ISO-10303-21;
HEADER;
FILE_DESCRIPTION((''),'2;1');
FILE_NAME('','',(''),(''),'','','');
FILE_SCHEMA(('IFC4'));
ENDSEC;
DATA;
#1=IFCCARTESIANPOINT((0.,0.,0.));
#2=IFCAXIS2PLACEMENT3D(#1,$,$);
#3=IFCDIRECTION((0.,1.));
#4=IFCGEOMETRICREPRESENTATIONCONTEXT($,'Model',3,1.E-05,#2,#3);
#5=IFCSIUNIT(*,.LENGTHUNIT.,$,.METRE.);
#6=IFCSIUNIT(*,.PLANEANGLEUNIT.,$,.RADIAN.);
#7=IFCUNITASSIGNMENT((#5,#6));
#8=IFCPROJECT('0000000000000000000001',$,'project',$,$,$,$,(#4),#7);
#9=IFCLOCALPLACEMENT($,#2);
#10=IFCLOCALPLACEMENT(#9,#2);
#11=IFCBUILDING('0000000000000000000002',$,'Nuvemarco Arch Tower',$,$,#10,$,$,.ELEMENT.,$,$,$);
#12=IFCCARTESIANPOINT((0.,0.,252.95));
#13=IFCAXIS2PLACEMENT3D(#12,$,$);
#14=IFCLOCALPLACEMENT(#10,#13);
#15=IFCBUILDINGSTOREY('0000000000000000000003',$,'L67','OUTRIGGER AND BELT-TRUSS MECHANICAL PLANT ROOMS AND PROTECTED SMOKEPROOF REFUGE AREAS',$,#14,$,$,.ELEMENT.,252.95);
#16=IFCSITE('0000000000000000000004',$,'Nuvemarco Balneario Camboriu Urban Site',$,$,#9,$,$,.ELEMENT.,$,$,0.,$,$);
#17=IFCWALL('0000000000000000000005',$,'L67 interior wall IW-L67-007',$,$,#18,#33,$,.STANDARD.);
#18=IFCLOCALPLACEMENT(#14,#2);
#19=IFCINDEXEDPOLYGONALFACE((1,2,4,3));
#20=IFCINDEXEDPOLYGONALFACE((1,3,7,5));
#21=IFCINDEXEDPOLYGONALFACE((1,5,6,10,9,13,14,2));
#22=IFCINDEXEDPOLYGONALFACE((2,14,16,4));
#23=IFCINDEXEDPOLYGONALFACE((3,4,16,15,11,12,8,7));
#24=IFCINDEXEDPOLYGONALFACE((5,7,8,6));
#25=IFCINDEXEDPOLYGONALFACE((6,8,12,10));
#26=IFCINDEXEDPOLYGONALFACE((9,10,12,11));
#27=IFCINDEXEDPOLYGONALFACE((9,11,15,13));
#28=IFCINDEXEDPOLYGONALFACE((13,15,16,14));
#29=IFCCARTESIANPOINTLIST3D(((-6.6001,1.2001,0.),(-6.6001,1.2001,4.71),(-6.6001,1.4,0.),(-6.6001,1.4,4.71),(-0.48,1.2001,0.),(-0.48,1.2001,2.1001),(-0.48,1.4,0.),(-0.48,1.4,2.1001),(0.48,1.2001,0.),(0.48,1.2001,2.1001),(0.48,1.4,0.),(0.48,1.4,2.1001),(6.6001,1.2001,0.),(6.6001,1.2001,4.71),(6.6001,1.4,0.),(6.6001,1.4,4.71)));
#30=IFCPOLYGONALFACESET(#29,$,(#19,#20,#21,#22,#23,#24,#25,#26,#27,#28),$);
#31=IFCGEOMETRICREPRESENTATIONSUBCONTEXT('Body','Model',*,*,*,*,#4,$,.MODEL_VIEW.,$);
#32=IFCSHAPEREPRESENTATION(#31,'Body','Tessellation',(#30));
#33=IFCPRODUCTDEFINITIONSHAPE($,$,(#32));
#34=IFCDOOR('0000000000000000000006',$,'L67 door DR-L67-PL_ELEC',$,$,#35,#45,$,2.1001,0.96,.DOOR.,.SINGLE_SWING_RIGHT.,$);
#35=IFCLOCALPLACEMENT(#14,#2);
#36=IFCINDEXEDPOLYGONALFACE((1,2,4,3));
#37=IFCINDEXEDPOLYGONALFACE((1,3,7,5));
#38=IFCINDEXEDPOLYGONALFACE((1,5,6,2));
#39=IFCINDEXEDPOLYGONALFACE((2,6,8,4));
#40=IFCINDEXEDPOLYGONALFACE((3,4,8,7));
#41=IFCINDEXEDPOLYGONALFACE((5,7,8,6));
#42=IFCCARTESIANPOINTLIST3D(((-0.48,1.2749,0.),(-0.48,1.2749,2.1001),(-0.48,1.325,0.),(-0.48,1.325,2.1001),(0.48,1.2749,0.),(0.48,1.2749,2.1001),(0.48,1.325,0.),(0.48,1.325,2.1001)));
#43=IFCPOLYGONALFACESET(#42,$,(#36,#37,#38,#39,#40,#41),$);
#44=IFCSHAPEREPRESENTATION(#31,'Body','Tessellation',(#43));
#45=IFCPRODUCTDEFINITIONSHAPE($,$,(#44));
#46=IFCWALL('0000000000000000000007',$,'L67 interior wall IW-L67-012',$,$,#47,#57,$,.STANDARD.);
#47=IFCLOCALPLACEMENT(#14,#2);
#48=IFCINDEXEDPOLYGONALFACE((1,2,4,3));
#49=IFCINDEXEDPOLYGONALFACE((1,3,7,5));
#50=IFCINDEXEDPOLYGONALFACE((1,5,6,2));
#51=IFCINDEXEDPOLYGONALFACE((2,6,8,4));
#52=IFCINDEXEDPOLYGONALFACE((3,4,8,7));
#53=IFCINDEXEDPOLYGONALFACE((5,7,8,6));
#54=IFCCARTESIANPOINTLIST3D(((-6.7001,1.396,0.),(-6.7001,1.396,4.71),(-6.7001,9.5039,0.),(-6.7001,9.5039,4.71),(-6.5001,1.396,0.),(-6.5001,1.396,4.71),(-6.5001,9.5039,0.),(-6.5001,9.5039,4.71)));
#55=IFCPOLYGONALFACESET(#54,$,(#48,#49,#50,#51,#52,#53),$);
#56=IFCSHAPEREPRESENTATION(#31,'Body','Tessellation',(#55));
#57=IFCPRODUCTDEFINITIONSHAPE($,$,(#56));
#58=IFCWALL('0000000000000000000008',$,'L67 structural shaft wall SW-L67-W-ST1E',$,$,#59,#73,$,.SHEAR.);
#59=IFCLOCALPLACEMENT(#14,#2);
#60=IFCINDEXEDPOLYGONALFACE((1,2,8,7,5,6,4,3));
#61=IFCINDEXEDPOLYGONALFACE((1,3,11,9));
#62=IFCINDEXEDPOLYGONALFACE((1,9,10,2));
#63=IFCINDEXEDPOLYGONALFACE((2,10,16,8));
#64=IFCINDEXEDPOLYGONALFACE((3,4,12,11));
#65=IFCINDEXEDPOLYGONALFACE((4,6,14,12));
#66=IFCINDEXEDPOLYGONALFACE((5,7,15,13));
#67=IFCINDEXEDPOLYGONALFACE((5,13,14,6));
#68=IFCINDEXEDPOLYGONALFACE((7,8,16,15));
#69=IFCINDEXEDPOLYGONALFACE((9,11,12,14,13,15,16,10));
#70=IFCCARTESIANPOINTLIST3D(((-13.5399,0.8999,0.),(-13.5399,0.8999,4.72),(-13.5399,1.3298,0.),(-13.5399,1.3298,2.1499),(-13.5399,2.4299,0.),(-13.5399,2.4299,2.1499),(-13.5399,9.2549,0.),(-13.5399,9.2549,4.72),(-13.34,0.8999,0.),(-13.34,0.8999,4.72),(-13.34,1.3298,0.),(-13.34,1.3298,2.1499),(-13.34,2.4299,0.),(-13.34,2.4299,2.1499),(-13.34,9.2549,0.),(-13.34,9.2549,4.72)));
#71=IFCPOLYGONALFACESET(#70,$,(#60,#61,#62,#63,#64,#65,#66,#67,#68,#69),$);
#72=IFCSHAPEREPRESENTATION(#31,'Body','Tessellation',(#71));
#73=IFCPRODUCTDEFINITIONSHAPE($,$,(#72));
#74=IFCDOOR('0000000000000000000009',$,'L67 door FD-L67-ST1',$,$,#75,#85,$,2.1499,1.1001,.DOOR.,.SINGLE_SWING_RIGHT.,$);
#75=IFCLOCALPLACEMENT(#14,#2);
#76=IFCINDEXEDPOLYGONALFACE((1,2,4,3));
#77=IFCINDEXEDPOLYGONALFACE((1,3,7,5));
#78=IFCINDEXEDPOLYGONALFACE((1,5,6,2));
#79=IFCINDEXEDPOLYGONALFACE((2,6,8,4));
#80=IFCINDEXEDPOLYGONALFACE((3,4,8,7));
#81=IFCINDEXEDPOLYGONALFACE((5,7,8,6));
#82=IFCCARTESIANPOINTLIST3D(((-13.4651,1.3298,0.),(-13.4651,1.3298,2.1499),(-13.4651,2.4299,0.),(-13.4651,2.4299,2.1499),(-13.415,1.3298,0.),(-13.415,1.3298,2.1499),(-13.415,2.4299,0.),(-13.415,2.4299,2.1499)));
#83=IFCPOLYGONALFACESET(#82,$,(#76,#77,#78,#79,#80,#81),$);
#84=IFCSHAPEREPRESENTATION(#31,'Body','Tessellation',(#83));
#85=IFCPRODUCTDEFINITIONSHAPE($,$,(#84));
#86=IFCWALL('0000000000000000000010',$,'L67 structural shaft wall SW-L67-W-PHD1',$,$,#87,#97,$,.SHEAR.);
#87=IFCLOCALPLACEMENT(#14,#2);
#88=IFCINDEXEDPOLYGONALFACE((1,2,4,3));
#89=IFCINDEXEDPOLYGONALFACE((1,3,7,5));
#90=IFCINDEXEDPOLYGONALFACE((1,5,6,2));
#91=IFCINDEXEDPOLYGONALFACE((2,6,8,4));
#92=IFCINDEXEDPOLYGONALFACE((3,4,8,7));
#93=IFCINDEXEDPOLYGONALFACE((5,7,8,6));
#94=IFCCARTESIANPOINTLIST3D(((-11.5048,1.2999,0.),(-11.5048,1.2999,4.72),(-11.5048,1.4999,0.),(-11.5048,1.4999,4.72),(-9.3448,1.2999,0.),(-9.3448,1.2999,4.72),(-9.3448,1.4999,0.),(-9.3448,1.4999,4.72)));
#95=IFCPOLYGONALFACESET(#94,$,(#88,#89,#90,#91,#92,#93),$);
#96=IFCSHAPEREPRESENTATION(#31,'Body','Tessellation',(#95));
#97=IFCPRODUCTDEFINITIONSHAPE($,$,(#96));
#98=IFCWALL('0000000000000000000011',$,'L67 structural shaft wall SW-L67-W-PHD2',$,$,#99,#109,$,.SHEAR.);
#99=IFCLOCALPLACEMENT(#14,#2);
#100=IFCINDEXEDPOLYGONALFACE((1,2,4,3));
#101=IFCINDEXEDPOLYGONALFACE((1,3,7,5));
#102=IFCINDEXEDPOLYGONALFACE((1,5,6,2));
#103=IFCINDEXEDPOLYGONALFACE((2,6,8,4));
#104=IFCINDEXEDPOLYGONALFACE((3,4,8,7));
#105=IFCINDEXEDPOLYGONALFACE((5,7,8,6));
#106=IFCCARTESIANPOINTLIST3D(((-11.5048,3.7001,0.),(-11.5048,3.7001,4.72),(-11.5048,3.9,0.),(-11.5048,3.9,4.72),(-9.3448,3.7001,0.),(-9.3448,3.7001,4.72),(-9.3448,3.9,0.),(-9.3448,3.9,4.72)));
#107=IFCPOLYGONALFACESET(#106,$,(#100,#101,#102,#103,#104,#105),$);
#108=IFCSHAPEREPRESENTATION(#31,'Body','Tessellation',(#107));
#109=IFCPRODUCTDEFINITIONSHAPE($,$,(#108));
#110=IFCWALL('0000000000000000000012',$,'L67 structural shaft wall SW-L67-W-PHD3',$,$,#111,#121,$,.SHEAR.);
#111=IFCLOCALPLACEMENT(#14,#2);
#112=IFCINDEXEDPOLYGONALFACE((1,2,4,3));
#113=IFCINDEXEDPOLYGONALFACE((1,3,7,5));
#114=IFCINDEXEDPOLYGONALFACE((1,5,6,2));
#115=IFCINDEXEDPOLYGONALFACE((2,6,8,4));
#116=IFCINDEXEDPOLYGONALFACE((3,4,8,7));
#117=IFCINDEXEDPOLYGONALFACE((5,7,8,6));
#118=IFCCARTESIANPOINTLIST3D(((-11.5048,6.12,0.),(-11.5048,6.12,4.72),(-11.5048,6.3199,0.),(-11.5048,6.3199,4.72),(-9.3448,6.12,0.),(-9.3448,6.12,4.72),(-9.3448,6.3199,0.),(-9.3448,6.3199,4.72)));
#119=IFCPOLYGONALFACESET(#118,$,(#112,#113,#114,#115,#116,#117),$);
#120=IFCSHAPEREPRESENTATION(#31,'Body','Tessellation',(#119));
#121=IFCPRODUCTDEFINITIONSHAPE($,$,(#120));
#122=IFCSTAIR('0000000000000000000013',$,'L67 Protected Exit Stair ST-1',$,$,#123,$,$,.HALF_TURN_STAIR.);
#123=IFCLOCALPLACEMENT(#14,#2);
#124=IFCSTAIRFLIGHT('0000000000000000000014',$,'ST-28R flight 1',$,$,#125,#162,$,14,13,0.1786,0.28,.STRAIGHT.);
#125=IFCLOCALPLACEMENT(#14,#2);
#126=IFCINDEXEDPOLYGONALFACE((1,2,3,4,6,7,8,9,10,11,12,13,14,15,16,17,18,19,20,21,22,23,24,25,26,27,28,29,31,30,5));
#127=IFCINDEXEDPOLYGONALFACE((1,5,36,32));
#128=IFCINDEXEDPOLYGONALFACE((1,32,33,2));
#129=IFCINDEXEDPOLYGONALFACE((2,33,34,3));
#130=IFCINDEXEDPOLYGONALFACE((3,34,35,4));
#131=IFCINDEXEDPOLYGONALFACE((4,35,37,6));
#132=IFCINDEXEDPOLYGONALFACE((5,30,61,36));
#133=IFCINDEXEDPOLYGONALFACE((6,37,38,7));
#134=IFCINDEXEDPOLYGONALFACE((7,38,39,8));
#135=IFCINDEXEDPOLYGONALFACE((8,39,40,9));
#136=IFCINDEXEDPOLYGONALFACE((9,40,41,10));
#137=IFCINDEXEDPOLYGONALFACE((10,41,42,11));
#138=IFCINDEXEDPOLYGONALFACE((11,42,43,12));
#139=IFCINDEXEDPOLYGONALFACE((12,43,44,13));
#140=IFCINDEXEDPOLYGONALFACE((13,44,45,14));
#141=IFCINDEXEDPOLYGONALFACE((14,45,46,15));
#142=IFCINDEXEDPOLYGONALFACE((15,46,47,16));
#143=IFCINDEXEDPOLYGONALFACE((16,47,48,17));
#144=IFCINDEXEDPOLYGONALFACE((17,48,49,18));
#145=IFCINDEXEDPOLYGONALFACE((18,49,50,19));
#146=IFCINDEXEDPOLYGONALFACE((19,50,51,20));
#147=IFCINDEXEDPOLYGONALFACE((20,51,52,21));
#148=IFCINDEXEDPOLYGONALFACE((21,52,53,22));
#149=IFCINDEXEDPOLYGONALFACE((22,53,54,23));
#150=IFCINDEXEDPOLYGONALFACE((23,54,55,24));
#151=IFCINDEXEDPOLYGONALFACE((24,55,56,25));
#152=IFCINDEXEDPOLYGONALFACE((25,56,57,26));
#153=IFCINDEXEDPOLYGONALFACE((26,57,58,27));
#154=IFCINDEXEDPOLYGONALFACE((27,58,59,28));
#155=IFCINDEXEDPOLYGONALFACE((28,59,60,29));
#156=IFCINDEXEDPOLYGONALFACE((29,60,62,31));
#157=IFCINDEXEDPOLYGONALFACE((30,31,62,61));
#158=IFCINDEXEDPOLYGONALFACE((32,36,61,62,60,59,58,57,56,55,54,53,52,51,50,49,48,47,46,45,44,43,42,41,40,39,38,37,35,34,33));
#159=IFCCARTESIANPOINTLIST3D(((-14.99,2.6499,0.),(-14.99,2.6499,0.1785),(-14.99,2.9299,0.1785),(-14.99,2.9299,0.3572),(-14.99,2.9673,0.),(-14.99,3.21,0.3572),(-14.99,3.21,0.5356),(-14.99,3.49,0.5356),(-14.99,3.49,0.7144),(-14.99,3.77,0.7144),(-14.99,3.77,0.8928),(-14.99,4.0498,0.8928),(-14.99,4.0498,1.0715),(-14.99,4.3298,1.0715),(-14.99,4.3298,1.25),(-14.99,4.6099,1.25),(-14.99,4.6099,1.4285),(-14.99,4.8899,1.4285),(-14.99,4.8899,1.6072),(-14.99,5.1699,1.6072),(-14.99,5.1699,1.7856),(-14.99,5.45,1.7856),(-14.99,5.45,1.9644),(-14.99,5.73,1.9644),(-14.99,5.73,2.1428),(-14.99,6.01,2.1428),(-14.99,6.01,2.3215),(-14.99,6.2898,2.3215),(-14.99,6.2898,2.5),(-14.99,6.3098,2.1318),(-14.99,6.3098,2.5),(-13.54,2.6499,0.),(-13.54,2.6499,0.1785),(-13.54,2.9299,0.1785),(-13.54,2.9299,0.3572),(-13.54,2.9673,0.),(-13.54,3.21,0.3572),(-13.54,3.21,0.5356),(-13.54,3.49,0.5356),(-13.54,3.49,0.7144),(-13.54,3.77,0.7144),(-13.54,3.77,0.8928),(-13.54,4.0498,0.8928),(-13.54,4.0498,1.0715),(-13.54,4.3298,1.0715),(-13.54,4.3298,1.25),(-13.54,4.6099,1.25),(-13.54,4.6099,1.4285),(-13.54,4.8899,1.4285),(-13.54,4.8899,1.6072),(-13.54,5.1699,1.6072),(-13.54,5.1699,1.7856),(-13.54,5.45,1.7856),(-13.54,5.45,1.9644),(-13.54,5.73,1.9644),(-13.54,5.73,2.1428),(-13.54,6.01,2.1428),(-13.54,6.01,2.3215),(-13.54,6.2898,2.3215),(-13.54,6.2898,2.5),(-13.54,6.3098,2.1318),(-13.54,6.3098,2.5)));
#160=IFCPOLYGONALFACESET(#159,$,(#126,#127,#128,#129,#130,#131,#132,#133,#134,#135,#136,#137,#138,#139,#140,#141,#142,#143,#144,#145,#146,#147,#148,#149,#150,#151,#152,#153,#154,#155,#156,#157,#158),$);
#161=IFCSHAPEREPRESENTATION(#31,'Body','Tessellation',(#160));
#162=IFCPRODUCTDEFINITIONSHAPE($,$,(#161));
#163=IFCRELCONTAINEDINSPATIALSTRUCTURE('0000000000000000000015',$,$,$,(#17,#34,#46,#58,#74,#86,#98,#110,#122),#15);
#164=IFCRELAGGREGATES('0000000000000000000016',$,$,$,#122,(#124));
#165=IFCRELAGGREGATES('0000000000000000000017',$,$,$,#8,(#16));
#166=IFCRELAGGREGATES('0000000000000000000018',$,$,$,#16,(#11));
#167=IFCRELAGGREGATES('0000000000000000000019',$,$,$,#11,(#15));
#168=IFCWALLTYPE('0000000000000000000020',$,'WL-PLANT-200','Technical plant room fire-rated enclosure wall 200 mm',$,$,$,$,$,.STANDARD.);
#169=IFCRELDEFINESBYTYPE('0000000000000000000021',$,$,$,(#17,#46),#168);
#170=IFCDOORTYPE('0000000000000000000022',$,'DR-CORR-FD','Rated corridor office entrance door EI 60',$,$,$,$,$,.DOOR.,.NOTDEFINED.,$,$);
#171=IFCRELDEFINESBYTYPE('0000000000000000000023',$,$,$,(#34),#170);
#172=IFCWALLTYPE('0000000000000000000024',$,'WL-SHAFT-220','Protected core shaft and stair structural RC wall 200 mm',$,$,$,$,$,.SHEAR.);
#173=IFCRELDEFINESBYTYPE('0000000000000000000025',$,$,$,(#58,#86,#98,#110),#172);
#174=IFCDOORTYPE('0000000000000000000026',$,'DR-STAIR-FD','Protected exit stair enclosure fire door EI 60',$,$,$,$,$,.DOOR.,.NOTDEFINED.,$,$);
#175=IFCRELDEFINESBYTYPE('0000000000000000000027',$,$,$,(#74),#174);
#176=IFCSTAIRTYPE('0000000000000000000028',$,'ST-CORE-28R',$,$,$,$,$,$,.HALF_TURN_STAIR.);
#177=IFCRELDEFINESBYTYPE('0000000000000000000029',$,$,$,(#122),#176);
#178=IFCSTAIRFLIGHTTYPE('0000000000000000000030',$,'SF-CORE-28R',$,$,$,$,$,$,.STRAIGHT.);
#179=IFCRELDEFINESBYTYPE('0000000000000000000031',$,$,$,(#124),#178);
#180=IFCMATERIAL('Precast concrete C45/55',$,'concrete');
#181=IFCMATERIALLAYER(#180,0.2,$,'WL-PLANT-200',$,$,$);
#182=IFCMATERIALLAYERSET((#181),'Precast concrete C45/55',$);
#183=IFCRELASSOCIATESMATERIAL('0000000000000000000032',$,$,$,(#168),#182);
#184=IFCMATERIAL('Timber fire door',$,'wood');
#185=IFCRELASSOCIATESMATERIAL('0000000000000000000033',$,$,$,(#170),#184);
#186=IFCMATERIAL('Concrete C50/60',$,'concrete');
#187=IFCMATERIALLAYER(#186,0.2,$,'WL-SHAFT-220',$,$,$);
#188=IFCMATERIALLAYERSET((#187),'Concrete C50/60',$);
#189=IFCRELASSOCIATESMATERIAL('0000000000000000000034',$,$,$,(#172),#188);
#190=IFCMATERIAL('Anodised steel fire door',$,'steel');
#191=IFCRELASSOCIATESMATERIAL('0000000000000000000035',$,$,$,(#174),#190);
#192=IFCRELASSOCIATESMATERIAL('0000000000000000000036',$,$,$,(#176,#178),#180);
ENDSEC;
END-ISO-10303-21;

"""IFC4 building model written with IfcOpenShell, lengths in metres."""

from ifc_helpers import new_model, si_unit, direction, frame, frame_2d, origin, place, context, subcontext, project, spatial, polyline, rectangle, outline, extrude, source, transform, mapped, material, layer, layer_set, type_object, type_shapes, element, fill, aggregate, save


model = new_model("IFC4")

# Units and contexts
model_context = context("Model", 3, precision=1e-05, world=origin(), true_north=direction((0.0, 1.0)))
body_context = subcontext(model_context, "Body", "Model", "MODEL_VIEW")
ifc_project = project(units=[si_unit("LENGTHUNIT", "METRE"), si_unit("PLANEANGLEUNIT", "RADIAN")], contexts=[model_context])

# Site, building, storey
site_placement = place(None, origin())
site = spatial("IfcSite", under=ifc_project, at=site_placement, Name="Nuvemarco Balneario Camboriu Urban Site", CompositionType="ELEMENT", RefElevation=0.0)
building_placement = place(site_placement, origin())
building = spatial("IfcBuilding", under=site, at=building_placement, Name="Nuvemarco Arch Tower", CompositionType="ELEMENT")
storey_placement = place(building_placement, frame((0.0, 0.0, 252.95)))
storey = spatial("IfcBuildingStorey", under=building, at=storey_placement, Name="L67", Description="OUTRIGGER AND BELT-TRUSS MECHANICAL PLANT ROOMS AND PROTECTED SMOKEPROOF REFUGE AREAS", CompositionType="ELEMENT", Elevation=252.95)

# Shared definitions
ifc_material_1 = material(Name="Concrete C50/60", Category="concrete")

# Wall, opening, door
ifc_material_2 = material(Name="Precast concrete C45/55", Category="concrete")
ifc_layer_1 = layer(ifc_material_2, 0.2, Name="WL-PLANT-200")
ifc_layer_set_1 = layer_set([ifc_layer_1], Name="Precast concrete C45/55")
wall_type_1 = type_object("IfcWallType", Name="WL-PLANT-200", Description="Technical plant room fire-rated enclosure wall 200 mm", PredefinedType="STANDARD", material=ifc_layer_set_1)
wall_1_placement = place(storey_placement, frame((-6.6001, 1.3, 0.0), z_axis=(0.0, 0.0, 1.0), x_axis=(1.0, 0.0, 0.0)))
wall_1 = element("IfcWall", 1, at=wall_1_placement, inside=storey, type_object=wall_type_1, Name="L67 interior wall IW-L67-007", PredefinedType="STANDARD", context=body_context, shape_type="SweptSolid", body=[
    extrude(rectangle(XDim=13.2002, YDim=0.2, at=frame_2d((6.6001, 0.0))), origin(), (0.0, 0.0, 1.0), 4.71),
])
opening_1_placement = place(wall_1_placement, frame((6.1201, 0.0, 0.0)))
opening_1 = element("IfcOpeningElement", 2, at=opening_1_placement, cuts=wall_1, PredefinedType="OPENING", context=body_context, shape_type="SweptSolid", body=[
    extrude(rectangle(XDim=0.96, YDim=2.1001, at=frame_2d((0.48, 1.05))), frame((0.0, 0.1099, 0.0), z_axis=(0.0, -1.0, 0.0), x_axis=(1.0, 0.0, 0.0)), (0.0, 0.0, 1.0), 0.22),
])
ifc_material_3 = material(Name="Timber fire door", Category="wood")
door_type_1 = type_object("IfcDoorType", Name="DR-CORR-FD", Description="Rated corridor office entrance door EI 60", OperationType="NOTDEFINED", PredefinedType="DOOR", material=ifc_material_3)
shared_shape_1 = source(origin(), body_context, "Body", "SweptSolid", [
    extrude(rectangle(XDim=0.96, YDim=2.1001, at=frame_2d((0.48, 1.05))), frame((0.0, 0.0249, 0.0), z_axis=(0.0, -1.0, 0.0), x_axis=(1.0, 0.0, 0.0)), (0.0, 0.0, 1.0), 0.05),
])
type_shapes(door_type_1, [shared_shape_1])
door_1_placement = place(opening_1_placement, origin())
door_1 = element("IfcDoor", 3, at=door_1_placement, inside=storey, type_object=door_type_1, Name="L67 door DR-L67-PL_ELEC", OperationType="SINGLE_SWING_RIGHT", OverallHeight=2.1001, OverallWidth=0.96, PredefinedType="DOOR", context=body_context, shape_type="MappedRepresentation", body=[
    mapped(shared_shape_1, transform((0.0, 0.0, 0.0), scale=1.0)),
])
fill(opening_1, door_1)

# Wall
wall_2_placement = place(storey_placement, frame((-6.6001, 1.396, 0.0), z_axis=(0.0, 0.0, 1.0), x_axis=(0.0, 1.0, 0.0)))
element("IfcWall", 4, at=wall_2_placement, inside=storey, type_object=wall_type_1, Name="L67 interior wall IW-L67-012", PredefinedType="STANDARD", context=body_context, shape_type="SweptSolid", body=[
    extrude(rectangle(XDim=8.1079, YDim=0.2, at=frame_2d((4.054, 0.0))), origin(), (0.0, 0.0, 1.0), 4.71),
])

# Wall, opening, door
ifc_layer_2 = layer(ifc_material_1, 0.2, Name="WL-SHAFT-220")
ifc_layer_set_2 = layer_set([ifc_layer_2], Name="Concrete C50/60")
wall_type_2 = type_object("IfcWallType", Name="WL-SHAFT-220", Description="Protected core shaft and stair structural RC wall 200 mm", PredefinedType="SHEAR", material=ifc_layer_set_2)
wall_3_placement = place(storey_placement, frame((-13.4399, 0.8999, 0.0), z_axis=(0.0, 0.0, 1.0), x_axis=(0.0, 1.0, 0.0)))
wall_3 = element("IfcWall", 5, at=wall_3_placement, inside=storey, type_object=wall_type_2, Name="L67 structural shaft wall SW-L67-W-ST1E", PredefinedType="SHEAR", context=body_context, shape_type="SweptSolid", body=[
    extrude(rectangle(XDim=8.355, YDim=0.2, at=frame_2d((4.1775, 0.0))), origin(), (0.0, 0.0, 1.0), 4.72),
])
opening_2_placement = place(wall_3_placement, frame((1.53, 0.0, 0.0), z_axis=(0.0, 0.0, 1.0), x_axis=(-1.0, 0.0, 0.0)))
opening_2 = element("IfcOpeningElement", 6, at=opening_2_placement, cuts=wall_3, PredefinedType="OPENING", context=body_context, shape_type="SweptSolid", body=[
    extrude(rectangle(XDim=1.1001, YDim=2.1499, at=frame_2d((0.55, 1.075))), frame((0.0, 0.1099, 0.0), z_axis=(0.0, -1.0, 0.0), x_axis=(1.0, 0.0, 0.0)), (0.0, 0.0, 1.0), 0.22),
])
ifc_material_4 = material(Name="Anodised steel fire door", Category="steel")
door_type_2 = type_object("IfcDoorType", Name="DR-STAIR-FD", Description="Protected exit stair enclosure fire door EI 60", OperationType="NOTDEFINED", PredefinedType="DOOR", material=ifc_material_4)
shared_shape_2 = source(origin(), body_context, "Body", "SweptSolid", [
    extrude(rectangle(XDim=1.1001, YDim=2.1499, at=frame_2d((0.55, 1.075))), frame((0.0, 0.0249, 0.0), z_axis=(0.0, -1.0, 0.0), x_axis=(1.0, 0.0, 0.0)), (0.0, 0.0, 1.0), 0.05),
])
type_shapes(door_type_2, [shared_shape_2])
door_2_placement = place(opening_2_placement, origin())
door_2 = element("IfcDoor", 7, at=door_2_placement, inside=storey, type_object=door_type_2, Name="L67 door FD-L67-ST1", OperationType="SINGLE_SWING_RIGHT", OverallHeight=2.1499, OverallWidth=1.1001, PredefinedType="DOOR", context=body_context, shape_type="MappedRepresentation", body=[
    mapped(shared_shape_2, transform((0.0, 0.0, 0.0), scale=1.0)),
])
fill(opening_2, door_2)

# Walls
for number, where, z_axis, x_axis, name in (
    (8, (-11.5049, 1.3999, 0.0), (0.0, 0.0, 1.0), (1.0, 0.0, 0.0), "L67 structural shaft wall SW-L67-W-PHD1"),
    (9, (-11.5049, 3.8, 0.0), (0.0, 0.0, 1.0), (1.0, 0.0, 0.0), "L67 structural shaft wall SW-L67-W-PHD2"),
    (10, (-11.5049, 6.22, 0.0), (0.0, 0.0, 1.0), (1.0, 0.0, 0.0), "L67 structural shaft wall SW-L67-W-PHD3"),
):
    element("IfcWall", number, at=place(storey_placement, frame(where, z_axis=z_axis, x_axis=x_axis)), inside=storey, type_object=wall_type_2, Name=name, PredefinedType="SHEAR", context=body_context, shape_type="SweptSolid", body=[
        extrude(rectangle(XDim=2.1599, YDim=0.2, at=frame_2d((1.0801, 0.0))), origin(), (0.0, 0.0, 1.0), 4.72),
    ])

# Stair, stair flight
stair_type = type_object("IfcStairType", Name="ST-CORE-28R", PredefinedType="HALF_TURN_STAIR", material=ifc_material_2)
stair_placement = place(storey_placement, origin())
stair = element("IfcStair", 11, at=stair_placement, inside=storey, type_object=stair_type, Name="L67 Protected Exit Stair ST-1", PredefinedType="HALF_TURN_STAIR")
stair_flight_type = type_object("IfcStairFlightType", Name="SF-CORE-28R", PredefinedType="STRAIGHT", material=ifc_material_2)
stair_flight_1_placement = place(storey_placement, frame((-14.2649, 2.6499, 0.0), z_axis=(0.0, 0.0, 1.0), x_axis=(0.0, 1.0, 0.0)))
stair_flight_1 = element("IfcStairFlight", 12, at=stair_flight_1_placement, type_object=stair_flight_type, Name="ST-28R flight 1", NumberOfRisers=14, NumberOfTreads=13, PredefinedType="STRAIGHT", RiserHeight=0.1786, TreadLength=0.28, context=body_context, shape_type="SweptSolid", body=[
    extrude(outline(polyline([(0.0, 0.0), (0.0, 0.1785), (0.28, 0.1785), (0.28, 0.3572), (0.5601, 0.3572), (0.5601, 0.5356), (0.8401, 0.5356), (0.8401, 0.7144), (1.1201, 0.7144), (1.1201, 0.8928), (1.3999, 0.8928), (1.3999, 1.0715), (1.6799, 1.0715), (1.6799, 1.25), (1.96, 1.25), (1.96, 1.4285), (2.24, 1.4285), (2.24, 1.6072), (2.52, 1.6072), (2.52, 1.7856), (2.8, 1.7856), (2.8, 1.9644), (3.0801, 1.9644), (3.0801, 2.1428), (3.3601, 2.1428), (3.3601, 2.3215), (3.6399, 2.3215), (3.6399, 2.5), (3.6599, 2.5), (3.6599, 2.1318), (0.3174, 0.0), (0.0, 0.0)])), frame((0.0, 0.7251, 0.0), z_axis=(0.0, -1.0, 0.0), x_axis=(1.0, 0.0, 0.0)), (0.0, 0.0, 1.0), 1.45),
])
aggregate(stair, [stair_flight_1])

save(model, "model.ifc")
